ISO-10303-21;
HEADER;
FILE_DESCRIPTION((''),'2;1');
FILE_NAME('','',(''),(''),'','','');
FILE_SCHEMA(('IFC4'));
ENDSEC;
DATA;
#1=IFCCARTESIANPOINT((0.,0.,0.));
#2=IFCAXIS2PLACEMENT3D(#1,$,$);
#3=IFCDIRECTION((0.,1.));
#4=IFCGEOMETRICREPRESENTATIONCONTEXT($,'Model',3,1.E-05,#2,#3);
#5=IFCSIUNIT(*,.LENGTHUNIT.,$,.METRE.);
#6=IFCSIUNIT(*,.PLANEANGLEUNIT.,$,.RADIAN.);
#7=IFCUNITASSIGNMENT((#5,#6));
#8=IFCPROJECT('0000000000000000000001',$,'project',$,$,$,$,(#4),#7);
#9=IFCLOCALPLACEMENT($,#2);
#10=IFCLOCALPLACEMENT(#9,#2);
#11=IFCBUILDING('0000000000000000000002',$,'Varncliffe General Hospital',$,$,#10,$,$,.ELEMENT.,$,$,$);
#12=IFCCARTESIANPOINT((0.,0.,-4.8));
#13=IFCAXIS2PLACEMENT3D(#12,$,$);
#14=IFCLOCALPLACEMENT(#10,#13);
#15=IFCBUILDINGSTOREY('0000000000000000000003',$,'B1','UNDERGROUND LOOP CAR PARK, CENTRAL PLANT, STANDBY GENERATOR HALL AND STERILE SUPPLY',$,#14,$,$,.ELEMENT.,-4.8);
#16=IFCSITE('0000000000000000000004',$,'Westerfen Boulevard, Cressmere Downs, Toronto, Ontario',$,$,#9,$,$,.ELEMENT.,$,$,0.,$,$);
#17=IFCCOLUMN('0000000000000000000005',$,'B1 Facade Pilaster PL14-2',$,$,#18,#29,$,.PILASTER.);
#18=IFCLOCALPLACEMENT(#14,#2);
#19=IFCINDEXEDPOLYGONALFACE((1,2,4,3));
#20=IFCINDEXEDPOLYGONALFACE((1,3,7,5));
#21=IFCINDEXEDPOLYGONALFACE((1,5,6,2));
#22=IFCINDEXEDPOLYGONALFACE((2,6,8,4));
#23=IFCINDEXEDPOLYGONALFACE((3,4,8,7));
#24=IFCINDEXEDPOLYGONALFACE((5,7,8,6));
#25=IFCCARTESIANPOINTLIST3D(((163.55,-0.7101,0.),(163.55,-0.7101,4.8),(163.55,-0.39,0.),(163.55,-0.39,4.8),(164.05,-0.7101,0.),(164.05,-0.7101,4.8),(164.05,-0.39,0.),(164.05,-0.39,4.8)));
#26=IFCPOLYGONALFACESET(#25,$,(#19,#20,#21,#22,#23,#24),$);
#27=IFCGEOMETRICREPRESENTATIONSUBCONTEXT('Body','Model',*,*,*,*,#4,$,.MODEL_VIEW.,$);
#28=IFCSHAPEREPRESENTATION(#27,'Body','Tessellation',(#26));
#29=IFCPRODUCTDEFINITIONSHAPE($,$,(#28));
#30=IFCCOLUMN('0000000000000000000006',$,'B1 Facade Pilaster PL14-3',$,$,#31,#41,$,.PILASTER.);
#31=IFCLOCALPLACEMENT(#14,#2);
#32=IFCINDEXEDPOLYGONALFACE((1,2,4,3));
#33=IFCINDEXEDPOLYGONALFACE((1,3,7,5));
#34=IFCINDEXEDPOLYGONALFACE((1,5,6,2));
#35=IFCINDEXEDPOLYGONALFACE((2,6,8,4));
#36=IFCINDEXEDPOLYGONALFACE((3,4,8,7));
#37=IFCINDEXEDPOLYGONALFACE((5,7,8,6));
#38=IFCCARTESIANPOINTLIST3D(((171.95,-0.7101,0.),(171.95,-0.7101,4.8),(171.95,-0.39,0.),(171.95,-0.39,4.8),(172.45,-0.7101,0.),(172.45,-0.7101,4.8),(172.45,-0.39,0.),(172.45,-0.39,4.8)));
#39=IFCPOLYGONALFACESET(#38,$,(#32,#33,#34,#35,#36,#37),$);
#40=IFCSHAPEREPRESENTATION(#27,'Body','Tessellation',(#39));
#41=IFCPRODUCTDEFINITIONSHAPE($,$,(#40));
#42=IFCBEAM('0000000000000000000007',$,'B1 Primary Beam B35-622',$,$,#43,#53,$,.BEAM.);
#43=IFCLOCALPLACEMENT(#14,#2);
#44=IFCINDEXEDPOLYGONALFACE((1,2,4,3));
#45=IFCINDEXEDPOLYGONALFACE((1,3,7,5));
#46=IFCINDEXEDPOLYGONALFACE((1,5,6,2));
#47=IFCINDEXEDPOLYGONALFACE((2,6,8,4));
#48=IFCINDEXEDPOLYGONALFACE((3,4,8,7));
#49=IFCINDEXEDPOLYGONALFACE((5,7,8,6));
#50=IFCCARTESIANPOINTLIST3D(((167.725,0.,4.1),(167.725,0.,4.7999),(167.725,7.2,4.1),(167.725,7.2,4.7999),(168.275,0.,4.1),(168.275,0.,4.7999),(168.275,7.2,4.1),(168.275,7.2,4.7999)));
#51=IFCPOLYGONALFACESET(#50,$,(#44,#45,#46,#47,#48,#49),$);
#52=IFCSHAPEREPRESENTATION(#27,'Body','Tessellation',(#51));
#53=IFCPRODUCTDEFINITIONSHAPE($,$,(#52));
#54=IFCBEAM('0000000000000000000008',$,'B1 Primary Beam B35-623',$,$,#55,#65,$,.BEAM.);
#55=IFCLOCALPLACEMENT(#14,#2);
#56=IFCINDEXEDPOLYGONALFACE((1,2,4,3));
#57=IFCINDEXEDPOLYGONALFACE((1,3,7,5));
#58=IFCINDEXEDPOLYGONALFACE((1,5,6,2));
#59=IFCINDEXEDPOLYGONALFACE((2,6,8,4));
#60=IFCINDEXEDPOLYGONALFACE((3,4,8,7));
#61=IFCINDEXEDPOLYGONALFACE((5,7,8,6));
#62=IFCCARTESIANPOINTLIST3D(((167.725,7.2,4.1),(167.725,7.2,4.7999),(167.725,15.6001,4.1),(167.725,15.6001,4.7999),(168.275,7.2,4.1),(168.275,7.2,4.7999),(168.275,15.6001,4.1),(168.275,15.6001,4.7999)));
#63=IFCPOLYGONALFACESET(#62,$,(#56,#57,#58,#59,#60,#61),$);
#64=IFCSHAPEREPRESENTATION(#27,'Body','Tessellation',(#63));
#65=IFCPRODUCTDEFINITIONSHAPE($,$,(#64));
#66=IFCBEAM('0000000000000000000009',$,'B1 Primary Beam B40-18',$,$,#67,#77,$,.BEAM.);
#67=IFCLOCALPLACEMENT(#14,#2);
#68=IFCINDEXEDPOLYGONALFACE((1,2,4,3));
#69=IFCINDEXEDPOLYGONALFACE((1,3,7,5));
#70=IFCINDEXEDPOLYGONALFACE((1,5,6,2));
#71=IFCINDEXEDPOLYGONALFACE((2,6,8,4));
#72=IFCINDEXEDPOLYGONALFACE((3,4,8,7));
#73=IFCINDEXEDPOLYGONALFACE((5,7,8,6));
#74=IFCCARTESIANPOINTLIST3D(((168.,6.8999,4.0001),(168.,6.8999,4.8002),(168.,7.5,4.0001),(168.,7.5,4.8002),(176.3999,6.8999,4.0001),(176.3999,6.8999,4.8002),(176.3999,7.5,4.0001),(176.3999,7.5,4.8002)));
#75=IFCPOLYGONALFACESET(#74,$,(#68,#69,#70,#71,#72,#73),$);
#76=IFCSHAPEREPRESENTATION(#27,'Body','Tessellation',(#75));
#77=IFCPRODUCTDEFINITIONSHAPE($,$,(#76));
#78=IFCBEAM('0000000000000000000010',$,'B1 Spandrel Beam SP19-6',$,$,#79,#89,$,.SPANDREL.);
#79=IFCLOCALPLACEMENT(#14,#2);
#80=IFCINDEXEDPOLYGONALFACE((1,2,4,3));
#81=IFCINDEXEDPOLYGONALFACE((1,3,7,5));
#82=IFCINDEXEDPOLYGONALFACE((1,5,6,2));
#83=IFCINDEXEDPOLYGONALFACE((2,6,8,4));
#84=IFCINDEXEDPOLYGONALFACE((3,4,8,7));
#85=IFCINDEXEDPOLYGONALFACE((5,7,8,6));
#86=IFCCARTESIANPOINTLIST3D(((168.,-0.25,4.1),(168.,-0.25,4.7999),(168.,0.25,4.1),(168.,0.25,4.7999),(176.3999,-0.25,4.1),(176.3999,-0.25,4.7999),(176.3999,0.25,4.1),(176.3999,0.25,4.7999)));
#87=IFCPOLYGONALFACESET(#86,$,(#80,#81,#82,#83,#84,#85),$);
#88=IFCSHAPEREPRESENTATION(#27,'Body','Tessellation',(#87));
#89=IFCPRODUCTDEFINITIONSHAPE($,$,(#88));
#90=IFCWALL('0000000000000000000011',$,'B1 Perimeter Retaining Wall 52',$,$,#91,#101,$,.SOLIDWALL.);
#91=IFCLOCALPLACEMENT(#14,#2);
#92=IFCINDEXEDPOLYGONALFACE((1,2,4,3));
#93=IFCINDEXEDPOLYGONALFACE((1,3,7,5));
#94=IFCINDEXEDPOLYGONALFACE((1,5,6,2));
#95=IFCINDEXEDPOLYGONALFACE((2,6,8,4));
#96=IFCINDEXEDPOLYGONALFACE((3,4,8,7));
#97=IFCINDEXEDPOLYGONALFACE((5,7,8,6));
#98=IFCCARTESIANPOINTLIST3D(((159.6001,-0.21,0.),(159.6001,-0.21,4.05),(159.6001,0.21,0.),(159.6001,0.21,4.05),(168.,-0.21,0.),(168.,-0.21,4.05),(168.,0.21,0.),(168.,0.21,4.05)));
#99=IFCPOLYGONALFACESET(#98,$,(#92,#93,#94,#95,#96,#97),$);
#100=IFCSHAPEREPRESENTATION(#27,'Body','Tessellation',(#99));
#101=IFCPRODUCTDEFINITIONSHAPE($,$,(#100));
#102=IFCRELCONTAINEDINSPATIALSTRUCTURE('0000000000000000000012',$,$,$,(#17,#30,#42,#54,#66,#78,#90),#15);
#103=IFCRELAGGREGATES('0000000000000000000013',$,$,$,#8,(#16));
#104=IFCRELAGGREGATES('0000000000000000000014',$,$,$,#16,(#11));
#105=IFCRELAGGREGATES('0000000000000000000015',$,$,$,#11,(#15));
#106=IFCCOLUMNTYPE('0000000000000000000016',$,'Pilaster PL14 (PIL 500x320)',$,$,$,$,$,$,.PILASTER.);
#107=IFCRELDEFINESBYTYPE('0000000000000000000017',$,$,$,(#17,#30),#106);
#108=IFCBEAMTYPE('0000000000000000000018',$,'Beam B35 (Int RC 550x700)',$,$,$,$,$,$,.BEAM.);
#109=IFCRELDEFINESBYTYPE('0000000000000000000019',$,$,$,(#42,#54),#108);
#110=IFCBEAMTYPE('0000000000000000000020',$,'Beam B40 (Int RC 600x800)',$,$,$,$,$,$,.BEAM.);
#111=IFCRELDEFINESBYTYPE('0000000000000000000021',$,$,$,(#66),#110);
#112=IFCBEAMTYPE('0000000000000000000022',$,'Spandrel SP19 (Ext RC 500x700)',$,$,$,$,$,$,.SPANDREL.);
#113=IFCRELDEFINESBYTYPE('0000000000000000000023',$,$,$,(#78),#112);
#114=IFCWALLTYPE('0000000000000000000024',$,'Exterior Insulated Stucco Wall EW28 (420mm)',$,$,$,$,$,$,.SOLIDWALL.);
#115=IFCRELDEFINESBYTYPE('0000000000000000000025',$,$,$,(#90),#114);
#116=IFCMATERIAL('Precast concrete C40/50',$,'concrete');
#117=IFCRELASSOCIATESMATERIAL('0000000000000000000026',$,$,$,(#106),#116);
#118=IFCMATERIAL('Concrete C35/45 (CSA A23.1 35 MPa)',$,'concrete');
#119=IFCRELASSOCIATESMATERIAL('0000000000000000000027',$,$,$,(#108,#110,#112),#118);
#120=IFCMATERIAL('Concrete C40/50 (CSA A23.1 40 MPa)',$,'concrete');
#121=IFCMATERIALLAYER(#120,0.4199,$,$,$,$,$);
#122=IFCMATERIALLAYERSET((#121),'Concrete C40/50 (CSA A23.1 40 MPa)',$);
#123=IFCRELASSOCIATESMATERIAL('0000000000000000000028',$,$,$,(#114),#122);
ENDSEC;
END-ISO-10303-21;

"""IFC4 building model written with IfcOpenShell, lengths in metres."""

from ifc_helpers import new_model, si_unit, direction, frame, frame_2d, origin, origin_2d, place, context, subcontext, project, spatial, rectangle, extrude, material, layer, layer_set, material_profile, profile_set, type_object, element, save


model = new_model("IFC4")

# Units and contexts
model_context = context("Model", 3, precision=1e-05, world=origin(), true_north=direction((0.0, 1.0)))
body_context = subcontext(model_context, "Body", "Model", "MODEL_VIEW")
ifc_project = project(units=[si_unit("LENGTHUNIT", "METRE"), si_unit("PLANEANGLEUNIT", "RADIAN")], contexts=[model_context])

# Site, building, storey
site_placement = place(None, origin())
site = spatial("IfcSite", under=ifc_project, at=site_placement, Name="Westerfen Boulevard, Cressmere Downs, Toronto, Ontario", CompositionType="ELEMENT", RefElevation=0.0)
building_placement = place(site_placement, origin())
building = spatial("IfcBuilding", under=site, at=building_placement, Name="Varncliffe General Hospital", CompositionType="ELEMENT")
storey_placement = place(building_placement, frame((0.0, 0.0, -4.8)))
storey = spatial("IfcBuildingStorey", under=building, at=storey_placement, Name="B1", Description="UNDERGROUND LOOP CAR PARK, CENTRAL PLANT, STANDBY GENERATOR HALL AND STERILE SUPPLY", CompositionType="ELEMENT", Elevation=-4.8)

# Shared definitions
ifc_material_1 = material(Name="Concrete C40/50 (CSA A23.1 40 MPa)", Category="concrete")

# Columns
ifc_material_2 = material(Name="Precast concrete C40/50", Category="concrete")
ifc_material_profile_1 = material_profile(ifc_material_2, rectangle(XDim=0.5, YDim=0.3201, at=origin_2d()), Name="PIL 500x320")
ifc_profile_set_1 = profile_set([ifc_material_profile_1], Name="Precast concrete C40/50")
column_type_1 = type_object("IfcColumnType", Name="Pilaster PL14 (PIL 500x320)", PredefinedType="PILASTER", material=ifc_profile_set_1)
for number, where, z_axis, x_axis, name in (
    (1, (163.8, -0.55, 0.0), (0.0, 0.0, 1.0), (1.0, 0.0, 0.0), "B1 Facade Pilaster PL14-2"),
    (2, (172.2, -0.55, 0.0), (0.0, 0.0, 1.0), (1.0, 0.0, 0.0), "B1 Facade Pilaster PL14-3"),
):
    element("IfcColumn", number, at=place(storey_placement, frame(where, z_axis=z_axis, x_axis=x_axis)), inside=storey, type_object=column_type_1, Name=name, PredefinedType="PILASTER", context=body_context, shape_type="SweptSolid", body=[
        extrude(rectangle(XDim=0.5, YDim=0.3201, at=origin_2d()), origin(), (0.0, 0.0, 1.0), 4.8),
    ])

# Beams
ifc_material_3 = material(Name="Concrete C35/45 (CSA A23.1 35 MPa)", Category="concrete")
ifc_material_profile_2 = material_profile(ifc_material_3, rectangle(XDim=0.55, YDim=0.7, at=origin_2d()), Name="RC 550x700")
ifc_profile_set_2 = profile_set([ifc_material_profile_2], Name="Concrete C35/45 (CSA A23.1 35 MPa)")
beam_type_1 = type_object("IfcBeamType", Name="Beam B35 (Int RC 550x700)", PredefinedType="BEAM", material=ifc_profile_set_2)
beam_1_placement = place(storey_placement, frame((168.0, 0.0, 4.45), z_axis=(0.0, 1.0, 0.0), x_axis=(-1.0, 0.0, 0.0)))
element("IfcBeam", 3, at=beam_1_placement, inside=storey, type_object=beam_type_1, Name="B1 Primary Beam B35-622", PredefinedType="BEAM", context=body_context, shape_type="SweptSolid", body=[
    extrude(rectangle(XDim=0.55, YDim=0.7, at=origin_2d()), origin(), (0.0, 0.0, 1.0), 7.2),
])
beam_2_placement = place(storey_placement, frame((168.0, 7.2, 4.45), z_axis=(0.0, 1.0, 0.0), x_axis=(-1.0, 0.0, 0.0)))
element("IfcBeam", 4, at=beam_2_placement, inside=storey, type_object=beam_type_1, Name="B1 Primary Beam B35-623", PredefinedType="BEAM", context=body_context, shape_type="SweptSolid", body=[
    extrude(rectangle(XDim=0.55, YDim=0.7, at=origin_2d()), origin(), (0.0, 0.0, 1.0), 8.4001),
])
ifc_material_profile_3 = material_profile(ifc_material_3, rectangle(XDim=0.6001, YDim=0.8, at=origin_2d()), Name="RC 600x800")
ifc_profile_set_3 = profile_set([ifc_material_profile_3], Name="Concrete C35/45 (CSA A23.1 35 MPa)")
beam_type_2 = type_object("IfcBeamType", Name="Beam B40 (Int RC 600x800)", PredefinedType="BEAM", material=ifc_profile_set_3)
beam_3_placement = place(storey_placement, frame((168.0, 7.2, 4.4001), z_axis=(1.0, 0.0, 0.0), x_axis=(0.0, 1.0, 0.0)))
element("IfcBeam", 5, at=beam_3_placement, inside=storey, type_object=beam_type_2, Name="B1 Primary Beam B40-18", PredefinedType="BEAM", context=body_context, shape_type="SweptSolid", body=[
    extrude(rectangle(XDim=0.6001, YDim=0.8, at=origin_2d()), origin(), (0.0, 0.0, 1.0), 8.3999),
])
ifc_material_profile_4 = material_profile(ifc_material_3, rectangle(XDim=0.5, YDim=0.7, at=origin_2d()), Name="RC 500x700")
ifc_profile_set_4 = profile_set([ifc_material_profile_4], Name="Concrete C35/45 (CSA A23.1 35 MPa)")
beam_type_3 = type_object("IfcBeamType", Name="Spandrel SP19 (Ext RC 500x700)", PredefinedType="SPANDREL", material=ifc_profile_set_4)
beam_4_placement = place(storey_placement, frame((168.0, 0.0, 4.45), z_axis=(1.0, 0.0, 0.0), x_axis=(0.0, 1.0, 0.0)))
element("IfcBeam", 6, at=beam_4_placement, inside=storey, type_object=beam_type_3, Name="B1 Spandrel Beam SP19-6", PredefinedType="SPANDREL", context=body_context, shape_type="SweptSolid", body=[
    extrude(rectangle(XDim=0.5, YDim=0.7, at=origin_2d()), origin(), (0.0, 0.0, 1.0), 8.3999),
])

# Wall
ifc_layer = layer(ifc_material_1, 0.4199)
ifc_layer_set = layer_set([ifc_layer], Name="Concrete C40/50 (CSA A23.1 40 MPa)")
wall_type = type_object("IfcWallType", Name="Exterior Insulated Stucco Wall EW28 (420mm)", PredefinedType="SOLIDWALL", material=ifc_layer_set)
wall_placement = place(storey_placement, frame((168.0, 0.0, 0.0), z_axis=(0.0, 0.0, 1.0), x_axis=(-1.0, 0.0, 0.0)))
element("IfcWall", 7, at=wall_placement, inside=storey, type_object=wall_type, Name="B1 Perimeter Retaining Wall 52", PredefinedType="SOLIDWALL", context=body_context, shape_type="SweptSolid", body=[
    extrude(rectangle(XDim=8.3999, YDim=0.4199, at=frame_2d((4.2, 0.0))), origin(), (0.0, 0.0, 1.0), 4.05),
])

save(model, "model.ifc")
